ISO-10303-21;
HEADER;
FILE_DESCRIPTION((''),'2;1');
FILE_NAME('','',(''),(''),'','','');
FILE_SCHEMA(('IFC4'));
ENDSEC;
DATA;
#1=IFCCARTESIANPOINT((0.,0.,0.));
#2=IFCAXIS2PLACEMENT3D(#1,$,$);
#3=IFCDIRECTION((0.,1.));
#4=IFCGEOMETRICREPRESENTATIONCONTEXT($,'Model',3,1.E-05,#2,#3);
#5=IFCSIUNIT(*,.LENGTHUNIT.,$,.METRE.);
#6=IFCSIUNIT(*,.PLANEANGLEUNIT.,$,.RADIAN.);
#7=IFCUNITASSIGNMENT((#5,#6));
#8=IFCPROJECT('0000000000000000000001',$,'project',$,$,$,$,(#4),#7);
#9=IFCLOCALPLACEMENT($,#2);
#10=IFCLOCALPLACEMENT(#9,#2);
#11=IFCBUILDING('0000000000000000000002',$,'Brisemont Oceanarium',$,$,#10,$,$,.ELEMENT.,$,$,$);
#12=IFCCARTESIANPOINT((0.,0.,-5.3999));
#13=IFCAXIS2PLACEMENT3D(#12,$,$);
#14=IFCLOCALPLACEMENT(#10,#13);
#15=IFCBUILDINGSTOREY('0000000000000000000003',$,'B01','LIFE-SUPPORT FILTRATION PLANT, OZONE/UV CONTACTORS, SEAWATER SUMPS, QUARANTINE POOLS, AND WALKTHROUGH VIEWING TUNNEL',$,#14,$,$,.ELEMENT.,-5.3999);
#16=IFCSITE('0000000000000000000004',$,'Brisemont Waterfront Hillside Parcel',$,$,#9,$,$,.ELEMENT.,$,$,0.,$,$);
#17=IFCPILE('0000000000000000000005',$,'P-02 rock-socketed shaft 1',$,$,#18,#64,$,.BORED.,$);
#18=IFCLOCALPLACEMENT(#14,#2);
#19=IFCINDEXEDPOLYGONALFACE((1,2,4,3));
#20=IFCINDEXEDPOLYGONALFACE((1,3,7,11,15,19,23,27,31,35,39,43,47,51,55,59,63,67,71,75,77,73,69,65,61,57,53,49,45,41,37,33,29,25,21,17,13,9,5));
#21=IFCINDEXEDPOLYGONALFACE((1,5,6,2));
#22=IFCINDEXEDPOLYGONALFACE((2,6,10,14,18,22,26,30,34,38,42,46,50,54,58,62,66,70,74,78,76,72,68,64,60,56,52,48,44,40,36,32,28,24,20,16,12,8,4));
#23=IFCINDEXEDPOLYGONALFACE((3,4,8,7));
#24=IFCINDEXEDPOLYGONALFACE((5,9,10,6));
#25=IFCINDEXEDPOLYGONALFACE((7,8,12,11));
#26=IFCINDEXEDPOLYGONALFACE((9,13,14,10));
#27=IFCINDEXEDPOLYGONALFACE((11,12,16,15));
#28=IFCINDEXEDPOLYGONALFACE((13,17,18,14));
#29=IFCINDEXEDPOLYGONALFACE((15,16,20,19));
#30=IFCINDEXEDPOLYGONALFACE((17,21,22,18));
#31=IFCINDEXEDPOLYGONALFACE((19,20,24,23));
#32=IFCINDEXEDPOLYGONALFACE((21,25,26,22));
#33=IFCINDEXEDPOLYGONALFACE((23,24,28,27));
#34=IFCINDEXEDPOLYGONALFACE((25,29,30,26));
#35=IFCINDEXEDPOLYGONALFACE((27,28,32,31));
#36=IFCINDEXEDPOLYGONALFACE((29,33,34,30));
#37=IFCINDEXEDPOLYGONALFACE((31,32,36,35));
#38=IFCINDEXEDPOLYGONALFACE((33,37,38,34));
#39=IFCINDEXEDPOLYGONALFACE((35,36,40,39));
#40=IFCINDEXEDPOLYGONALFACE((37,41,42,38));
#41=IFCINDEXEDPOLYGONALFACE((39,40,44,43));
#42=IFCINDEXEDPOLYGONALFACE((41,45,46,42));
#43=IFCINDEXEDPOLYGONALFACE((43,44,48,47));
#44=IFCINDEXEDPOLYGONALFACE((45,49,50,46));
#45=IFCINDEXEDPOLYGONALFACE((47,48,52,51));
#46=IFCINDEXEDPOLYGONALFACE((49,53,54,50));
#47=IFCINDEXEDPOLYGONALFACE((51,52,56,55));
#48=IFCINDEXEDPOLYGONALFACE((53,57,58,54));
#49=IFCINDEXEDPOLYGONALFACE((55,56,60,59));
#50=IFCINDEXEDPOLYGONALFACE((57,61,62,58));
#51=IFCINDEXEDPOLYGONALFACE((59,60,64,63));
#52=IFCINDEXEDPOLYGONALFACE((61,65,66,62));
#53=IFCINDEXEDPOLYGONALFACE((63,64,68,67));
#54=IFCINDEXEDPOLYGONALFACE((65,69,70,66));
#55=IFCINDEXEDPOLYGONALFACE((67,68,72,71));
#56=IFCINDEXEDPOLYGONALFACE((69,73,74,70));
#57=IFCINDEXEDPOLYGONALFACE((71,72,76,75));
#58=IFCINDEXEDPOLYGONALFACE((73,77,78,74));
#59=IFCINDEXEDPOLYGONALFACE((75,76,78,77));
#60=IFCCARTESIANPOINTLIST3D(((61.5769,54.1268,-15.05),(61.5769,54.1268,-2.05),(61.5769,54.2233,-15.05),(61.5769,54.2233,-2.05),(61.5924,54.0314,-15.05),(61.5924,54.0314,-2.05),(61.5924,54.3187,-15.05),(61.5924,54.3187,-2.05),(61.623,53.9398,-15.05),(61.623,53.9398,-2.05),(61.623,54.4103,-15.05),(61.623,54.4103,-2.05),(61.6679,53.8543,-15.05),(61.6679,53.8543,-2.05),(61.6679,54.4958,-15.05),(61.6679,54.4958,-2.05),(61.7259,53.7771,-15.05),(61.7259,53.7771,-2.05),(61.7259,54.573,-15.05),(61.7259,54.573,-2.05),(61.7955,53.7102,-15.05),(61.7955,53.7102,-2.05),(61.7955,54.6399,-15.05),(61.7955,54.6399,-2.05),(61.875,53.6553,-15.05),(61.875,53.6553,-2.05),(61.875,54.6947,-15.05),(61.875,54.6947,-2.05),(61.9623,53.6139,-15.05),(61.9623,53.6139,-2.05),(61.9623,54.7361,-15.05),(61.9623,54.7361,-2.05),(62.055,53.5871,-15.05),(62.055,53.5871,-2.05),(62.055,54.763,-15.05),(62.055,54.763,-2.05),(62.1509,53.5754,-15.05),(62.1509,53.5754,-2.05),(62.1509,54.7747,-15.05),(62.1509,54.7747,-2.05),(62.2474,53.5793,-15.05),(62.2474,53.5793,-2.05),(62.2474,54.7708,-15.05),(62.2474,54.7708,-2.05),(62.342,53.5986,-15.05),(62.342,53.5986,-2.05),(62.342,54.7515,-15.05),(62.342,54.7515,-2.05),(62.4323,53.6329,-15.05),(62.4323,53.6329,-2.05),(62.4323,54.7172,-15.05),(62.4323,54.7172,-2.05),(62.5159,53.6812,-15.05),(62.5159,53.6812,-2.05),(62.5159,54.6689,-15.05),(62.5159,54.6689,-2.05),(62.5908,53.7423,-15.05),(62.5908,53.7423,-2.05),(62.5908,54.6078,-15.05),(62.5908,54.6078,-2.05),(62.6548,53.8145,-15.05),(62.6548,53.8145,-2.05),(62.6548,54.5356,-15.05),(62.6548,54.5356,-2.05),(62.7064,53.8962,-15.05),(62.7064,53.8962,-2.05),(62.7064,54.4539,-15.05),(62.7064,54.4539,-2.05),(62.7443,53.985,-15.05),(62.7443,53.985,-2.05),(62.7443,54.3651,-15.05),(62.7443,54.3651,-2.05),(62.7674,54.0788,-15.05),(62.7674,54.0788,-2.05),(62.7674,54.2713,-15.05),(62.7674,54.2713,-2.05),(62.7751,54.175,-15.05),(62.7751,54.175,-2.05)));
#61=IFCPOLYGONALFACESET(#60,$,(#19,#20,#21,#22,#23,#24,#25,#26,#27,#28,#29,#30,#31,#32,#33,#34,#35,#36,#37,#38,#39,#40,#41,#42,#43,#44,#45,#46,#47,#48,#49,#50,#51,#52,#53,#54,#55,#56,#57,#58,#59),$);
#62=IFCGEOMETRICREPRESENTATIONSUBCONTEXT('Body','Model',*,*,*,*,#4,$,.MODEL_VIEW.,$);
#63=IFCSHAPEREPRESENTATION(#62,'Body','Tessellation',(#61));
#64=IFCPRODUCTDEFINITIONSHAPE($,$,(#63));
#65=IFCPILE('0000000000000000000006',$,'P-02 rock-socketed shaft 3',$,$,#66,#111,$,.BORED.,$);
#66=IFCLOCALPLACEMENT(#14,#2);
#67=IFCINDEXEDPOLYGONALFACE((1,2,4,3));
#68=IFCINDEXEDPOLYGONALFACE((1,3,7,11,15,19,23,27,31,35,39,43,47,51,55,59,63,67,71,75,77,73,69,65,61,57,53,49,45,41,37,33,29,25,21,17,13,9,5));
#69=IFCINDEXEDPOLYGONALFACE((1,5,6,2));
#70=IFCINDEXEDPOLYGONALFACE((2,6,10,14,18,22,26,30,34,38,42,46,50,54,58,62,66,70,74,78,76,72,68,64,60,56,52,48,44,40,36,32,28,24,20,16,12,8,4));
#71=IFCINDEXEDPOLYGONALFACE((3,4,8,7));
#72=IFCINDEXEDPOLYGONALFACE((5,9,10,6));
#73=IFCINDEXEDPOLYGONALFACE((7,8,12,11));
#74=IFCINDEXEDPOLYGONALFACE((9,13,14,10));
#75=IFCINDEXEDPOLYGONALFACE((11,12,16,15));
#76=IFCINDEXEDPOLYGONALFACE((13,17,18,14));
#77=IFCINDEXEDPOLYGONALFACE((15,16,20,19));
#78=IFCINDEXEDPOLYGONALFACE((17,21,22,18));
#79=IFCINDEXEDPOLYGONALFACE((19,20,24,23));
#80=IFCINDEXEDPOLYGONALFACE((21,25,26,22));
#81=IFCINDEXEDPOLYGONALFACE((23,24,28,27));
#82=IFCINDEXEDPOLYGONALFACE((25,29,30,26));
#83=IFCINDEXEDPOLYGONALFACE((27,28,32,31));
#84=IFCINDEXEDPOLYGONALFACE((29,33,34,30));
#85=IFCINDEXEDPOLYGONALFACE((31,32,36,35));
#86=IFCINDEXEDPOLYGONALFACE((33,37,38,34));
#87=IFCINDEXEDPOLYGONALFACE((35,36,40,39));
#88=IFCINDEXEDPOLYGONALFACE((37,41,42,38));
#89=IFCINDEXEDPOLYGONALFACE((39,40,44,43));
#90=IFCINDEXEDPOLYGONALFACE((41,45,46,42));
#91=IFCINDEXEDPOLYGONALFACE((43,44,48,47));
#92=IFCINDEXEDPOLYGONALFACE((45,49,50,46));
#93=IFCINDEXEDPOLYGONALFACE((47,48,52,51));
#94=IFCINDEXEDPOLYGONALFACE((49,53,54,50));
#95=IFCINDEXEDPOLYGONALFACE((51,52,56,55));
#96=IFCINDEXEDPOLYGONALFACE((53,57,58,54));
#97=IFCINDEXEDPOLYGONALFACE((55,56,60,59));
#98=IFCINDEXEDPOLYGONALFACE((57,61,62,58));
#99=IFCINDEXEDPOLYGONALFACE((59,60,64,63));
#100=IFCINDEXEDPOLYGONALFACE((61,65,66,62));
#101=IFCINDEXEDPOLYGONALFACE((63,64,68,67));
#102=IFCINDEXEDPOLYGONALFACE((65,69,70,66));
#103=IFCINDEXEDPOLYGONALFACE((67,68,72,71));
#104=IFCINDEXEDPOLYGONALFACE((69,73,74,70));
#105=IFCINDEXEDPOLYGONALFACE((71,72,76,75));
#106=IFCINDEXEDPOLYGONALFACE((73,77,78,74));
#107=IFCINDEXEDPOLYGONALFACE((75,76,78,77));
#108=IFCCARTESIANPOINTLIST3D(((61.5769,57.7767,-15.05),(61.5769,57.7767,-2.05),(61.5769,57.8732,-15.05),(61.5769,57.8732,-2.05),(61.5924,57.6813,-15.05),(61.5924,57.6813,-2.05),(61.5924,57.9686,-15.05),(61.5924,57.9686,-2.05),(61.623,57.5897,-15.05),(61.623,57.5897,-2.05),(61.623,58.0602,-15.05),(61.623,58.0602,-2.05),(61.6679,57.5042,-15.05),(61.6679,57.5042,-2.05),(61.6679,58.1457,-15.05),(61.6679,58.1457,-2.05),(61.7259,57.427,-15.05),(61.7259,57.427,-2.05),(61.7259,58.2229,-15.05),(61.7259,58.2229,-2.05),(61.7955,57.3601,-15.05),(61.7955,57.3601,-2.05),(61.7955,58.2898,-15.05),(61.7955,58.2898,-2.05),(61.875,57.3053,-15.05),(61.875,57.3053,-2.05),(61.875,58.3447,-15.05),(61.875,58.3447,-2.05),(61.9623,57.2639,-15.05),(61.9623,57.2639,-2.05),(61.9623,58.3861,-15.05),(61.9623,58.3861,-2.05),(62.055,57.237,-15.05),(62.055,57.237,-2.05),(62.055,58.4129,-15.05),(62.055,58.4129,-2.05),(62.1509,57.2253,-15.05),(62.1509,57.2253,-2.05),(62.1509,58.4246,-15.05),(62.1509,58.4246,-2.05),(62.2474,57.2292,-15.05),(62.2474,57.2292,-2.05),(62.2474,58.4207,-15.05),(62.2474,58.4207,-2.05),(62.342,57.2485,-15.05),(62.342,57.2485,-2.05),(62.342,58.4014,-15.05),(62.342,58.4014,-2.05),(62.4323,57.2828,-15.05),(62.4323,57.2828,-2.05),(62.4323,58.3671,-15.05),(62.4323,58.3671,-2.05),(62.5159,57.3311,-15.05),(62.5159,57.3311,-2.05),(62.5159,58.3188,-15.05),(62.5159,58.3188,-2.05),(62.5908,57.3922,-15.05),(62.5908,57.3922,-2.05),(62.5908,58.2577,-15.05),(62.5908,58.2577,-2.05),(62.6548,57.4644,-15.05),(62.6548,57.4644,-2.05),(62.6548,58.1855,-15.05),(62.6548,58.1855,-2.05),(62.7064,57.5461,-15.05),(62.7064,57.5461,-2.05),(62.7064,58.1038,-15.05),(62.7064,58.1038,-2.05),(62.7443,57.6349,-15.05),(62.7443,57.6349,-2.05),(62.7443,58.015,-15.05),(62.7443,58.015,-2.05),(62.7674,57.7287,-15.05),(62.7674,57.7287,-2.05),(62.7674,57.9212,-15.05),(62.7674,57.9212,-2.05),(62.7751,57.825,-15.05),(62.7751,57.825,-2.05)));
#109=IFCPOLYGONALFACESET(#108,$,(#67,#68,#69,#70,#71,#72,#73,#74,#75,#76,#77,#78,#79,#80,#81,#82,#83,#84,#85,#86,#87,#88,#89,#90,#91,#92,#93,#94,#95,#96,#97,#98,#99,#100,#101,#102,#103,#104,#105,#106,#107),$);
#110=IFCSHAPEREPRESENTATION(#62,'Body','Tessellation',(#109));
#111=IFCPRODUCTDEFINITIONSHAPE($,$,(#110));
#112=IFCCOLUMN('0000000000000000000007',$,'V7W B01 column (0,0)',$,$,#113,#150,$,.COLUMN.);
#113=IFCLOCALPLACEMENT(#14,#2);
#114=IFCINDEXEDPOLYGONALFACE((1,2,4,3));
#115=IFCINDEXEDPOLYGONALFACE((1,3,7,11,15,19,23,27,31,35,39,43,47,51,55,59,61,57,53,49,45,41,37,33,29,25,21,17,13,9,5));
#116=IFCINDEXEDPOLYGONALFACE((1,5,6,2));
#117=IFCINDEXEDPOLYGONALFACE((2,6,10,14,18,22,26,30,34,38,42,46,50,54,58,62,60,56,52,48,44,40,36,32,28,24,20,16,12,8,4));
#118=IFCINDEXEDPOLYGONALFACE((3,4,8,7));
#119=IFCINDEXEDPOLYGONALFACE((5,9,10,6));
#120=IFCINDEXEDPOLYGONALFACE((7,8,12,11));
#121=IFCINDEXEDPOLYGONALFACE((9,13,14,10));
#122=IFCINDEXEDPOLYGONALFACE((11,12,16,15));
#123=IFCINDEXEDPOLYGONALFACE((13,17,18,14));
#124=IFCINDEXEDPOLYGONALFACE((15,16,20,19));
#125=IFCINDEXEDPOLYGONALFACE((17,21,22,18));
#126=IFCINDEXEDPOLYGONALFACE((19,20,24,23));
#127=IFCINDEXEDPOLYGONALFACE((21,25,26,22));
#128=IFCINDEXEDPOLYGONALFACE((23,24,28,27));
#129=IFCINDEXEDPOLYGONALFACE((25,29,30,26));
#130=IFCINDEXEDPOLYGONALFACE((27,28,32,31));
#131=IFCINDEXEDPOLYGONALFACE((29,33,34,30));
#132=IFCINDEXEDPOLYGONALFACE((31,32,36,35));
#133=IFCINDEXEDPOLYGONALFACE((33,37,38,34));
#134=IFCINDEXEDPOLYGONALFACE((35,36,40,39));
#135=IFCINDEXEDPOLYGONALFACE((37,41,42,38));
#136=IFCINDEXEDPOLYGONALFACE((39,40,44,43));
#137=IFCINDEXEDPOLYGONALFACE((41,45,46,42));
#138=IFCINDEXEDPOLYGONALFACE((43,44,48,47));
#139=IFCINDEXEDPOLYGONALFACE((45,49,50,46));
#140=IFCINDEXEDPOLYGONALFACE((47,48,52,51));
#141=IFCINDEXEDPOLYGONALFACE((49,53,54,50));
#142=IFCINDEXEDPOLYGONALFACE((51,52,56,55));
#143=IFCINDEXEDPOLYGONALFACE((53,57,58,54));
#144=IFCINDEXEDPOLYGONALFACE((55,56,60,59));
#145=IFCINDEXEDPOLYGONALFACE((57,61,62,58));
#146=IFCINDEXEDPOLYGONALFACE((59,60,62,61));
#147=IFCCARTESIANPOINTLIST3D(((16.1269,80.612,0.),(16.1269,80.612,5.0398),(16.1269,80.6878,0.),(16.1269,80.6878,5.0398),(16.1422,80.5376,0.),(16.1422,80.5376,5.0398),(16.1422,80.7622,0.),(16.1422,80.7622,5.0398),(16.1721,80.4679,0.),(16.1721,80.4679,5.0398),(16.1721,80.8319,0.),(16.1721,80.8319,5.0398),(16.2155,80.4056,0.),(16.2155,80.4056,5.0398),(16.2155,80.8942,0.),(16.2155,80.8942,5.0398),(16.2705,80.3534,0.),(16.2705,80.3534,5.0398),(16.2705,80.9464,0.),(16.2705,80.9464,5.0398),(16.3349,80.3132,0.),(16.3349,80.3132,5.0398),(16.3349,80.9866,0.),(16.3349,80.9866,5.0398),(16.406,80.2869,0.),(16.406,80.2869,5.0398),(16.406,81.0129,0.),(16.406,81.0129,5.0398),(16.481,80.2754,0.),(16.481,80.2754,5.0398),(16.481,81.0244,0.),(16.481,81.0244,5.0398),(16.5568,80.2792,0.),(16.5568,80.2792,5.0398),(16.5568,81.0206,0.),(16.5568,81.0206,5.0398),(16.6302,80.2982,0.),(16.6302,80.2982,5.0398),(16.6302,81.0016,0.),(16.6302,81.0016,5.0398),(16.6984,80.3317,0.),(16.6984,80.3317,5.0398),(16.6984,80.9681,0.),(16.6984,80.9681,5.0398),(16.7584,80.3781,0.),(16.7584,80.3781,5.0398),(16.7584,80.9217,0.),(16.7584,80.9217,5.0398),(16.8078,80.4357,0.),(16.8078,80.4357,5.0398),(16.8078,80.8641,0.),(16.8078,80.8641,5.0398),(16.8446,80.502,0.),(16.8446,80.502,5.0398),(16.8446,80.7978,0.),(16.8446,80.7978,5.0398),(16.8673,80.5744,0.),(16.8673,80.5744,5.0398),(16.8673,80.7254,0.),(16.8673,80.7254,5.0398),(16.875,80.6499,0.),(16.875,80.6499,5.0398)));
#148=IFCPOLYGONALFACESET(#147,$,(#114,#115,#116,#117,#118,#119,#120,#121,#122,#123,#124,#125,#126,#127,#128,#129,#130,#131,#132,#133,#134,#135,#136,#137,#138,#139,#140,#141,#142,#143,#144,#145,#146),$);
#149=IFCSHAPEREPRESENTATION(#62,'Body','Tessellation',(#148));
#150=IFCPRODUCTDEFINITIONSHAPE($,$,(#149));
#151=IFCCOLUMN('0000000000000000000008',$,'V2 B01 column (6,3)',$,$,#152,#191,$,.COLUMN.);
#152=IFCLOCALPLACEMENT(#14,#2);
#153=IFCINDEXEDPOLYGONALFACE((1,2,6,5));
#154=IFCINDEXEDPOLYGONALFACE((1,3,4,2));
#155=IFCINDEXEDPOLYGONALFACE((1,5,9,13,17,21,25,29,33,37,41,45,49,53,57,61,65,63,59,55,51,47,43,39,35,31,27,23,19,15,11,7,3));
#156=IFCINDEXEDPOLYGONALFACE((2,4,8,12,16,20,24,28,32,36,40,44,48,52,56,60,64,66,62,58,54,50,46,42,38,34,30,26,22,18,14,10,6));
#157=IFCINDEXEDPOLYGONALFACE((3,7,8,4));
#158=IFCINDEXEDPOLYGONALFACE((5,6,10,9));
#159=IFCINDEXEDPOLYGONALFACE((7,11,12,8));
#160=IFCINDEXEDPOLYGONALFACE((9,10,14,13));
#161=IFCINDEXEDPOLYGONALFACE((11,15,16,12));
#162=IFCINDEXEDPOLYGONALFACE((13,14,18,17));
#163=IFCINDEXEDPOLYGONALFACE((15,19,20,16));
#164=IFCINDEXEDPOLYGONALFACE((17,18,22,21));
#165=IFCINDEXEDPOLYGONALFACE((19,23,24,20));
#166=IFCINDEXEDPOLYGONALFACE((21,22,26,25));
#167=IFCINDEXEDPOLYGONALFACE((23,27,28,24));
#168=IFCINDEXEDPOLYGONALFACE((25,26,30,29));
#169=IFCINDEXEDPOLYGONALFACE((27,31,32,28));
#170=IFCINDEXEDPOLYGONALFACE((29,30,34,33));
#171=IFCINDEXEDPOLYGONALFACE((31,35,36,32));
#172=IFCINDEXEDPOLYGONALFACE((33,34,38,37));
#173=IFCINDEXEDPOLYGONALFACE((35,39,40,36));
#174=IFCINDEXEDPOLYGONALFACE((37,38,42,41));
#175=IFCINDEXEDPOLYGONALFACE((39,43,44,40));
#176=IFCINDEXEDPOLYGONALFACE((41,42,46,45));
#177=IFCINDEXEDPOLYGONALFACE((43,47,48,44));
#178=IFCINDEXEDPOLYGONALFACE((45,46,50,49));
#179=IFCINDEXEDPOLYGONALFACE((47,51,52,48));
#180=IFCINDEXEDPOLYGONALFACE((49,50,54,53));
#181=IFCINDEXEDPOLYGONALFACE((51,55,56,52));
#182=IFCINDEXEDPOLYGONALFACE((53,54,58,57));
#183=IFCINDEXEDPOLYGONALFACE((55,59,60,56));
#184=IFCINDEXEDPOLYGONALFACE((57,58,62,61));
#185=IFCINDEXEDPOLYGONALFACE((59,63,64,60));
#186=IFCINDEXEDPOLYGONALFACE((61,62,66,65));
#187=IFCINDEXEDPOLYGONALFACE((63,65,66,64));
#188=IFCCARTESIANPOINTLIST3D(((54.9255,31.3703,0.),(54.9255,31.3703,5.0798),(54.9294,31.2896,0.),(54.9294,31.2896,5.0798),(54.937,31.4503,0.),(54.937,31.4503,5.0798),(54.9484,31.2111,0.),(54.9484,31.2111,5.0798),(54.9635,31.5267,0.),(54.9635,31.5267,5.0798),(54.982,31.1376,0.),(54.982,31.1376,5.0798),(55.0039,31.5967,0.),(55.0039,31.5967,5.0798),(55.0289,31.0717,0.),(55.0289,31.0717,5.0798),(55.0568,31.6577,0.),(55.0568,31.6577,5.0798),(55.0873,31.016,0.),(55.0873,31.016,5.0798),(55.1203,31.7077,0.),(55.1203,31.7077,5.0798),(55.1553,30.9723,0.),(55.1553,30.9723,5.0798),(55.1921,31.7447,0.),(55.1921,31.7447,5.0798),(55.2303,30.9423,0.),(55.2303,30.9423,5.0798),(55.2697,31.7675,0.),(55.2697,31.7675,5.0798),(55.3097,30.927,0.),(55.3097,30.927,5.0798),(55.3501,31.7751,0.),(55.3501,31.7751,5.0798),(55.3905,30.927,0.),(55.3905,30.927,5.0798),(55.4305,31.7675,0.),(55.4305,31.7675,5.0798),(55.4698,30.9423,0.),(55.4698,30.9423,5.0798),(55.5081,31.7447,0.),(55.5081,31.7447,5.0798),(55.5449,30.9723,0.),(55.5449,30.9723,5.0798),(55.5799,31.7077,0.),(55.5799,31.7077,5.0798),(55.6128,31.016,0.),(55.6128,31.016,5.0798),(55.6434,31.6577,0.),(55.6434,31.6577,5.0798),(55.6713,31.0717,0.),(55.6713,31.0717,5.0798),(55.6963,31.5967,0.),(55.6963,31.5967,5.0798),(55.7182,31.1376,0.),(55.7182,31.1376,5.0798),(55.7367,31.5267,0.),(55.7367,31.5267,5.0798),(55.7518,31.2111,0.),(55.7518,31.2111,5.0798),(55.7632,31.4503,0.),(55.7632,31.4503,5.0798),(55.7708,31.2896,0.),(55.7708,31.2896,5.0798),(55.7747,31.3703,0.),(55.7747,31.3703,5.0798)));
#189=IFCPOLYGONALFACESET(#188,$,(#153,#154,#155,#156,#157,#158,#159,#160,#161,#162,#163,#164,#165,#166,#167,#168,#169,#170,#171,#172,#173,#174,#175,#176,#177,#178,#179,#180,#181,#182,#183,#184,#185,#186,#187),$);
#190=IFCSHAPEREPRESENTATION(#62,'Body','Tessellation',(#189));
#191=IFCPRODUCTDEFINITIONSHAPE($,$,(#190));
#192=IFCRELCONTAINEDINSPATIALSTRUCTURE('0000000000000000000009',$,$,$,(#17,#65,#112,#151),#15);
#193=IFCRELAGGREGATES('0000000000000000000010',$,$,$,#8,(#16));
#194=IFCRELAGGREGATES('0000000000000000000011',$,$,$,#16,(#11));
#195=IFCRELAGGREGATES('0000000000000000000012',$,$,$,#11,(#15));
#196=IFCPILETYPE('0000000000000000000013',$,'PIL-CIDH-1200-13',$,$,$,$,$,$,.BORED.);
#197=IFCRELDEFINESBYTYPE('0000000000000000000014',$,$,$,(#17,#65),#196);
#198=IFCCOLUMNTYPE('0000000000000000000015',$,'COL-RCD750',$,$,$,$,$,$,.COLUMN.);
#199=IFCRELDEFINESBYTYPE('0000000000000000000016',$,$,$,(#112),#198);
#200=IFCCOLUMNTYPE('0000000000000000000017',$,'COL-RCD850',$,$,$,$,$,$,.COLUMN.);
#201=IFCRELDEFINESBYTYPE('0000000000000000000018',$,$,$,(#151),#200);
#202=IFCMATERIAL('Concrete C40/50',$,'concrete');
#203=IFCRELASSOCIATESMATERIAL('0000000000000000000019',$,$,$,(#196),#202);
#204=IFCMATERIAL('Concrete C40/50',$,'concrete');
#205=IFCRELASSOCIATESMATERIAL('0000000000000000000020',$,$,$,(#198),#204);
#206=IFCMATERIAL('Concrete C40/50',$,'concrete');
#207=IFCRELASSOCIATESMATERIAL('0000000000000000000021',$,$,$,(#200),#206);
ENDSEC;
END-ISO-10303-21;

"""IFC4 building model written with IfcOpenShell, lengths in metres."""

from ifc_helpers import new_model, si_unit, direction, frame, origin, origin_2d, place, context, subcontext, project, spatial, circle, extrude, material, material_profile, profile_set, type_object, element, save


model = new_model("IFC4")

# Units and contexts
model_context = context("Model", 3, precision=1e-05, world=origin(), true_north=direction((0.0, 1.0)))
body_context = subcontext(model_context, "Body", "Model", "MODEL_VIEW")
ifc_project = project(units=[si_unit("LENGTHUNIT", "METRE"), si_unit("PLANEANGLEUNIT", "RADIAN")], contexts=[model_context])

# Site, building, storey
site_placement = place(None, origin())
site = spatial("IfcSite", under=ifc_project, at=site_placement, Name="Brisemont Waterfront Hillside Parcel", CompositionType="ELEMENT", RefElevation=0.0)
building_placement = place(site_placement, origin())
building = spatial("IfcBuilding", under=site, at=building_placement, Name="Brisemont Oceanarium", CompositionType="ELEMENT")
storey_placement = place(building_placement, frame((0.0, 0.0, -5.3999)))
storey = spatial("IfcBuildingStorey", under=building, at=storey_placement, Name="B01", Description="LIFE-SUPPORT FILTRATION PLANT, OZONE/UV CONTACTORS, SEAWATER SUMPS, QUARANTINE POOLS, AND WALKTHROUGH VIEWING TUNNEL", CompositionType="ELEMENT", Elevation=-5.3999)

# Piles
ifc_material_1 = material(Name="Concrete C40/50", Category="concrete")
ifc_material_profile_1 = material_profile(ifc_material_1, circle(Radius=0.6001, at=origin_2d()), Name="CIDH-D1200")
ifc_profile_set_1 = profile_set([ifc_material_profile_1], Name="Concrete C40/50")
pile_type = type_object("IfcPileType", Name="PIL-CIDH-1200-13", PredefinedType="BORED", material=ifc_profile_set_1)
for number, where, z_axis, x_axis, name in (
    (1, (62.175, 54.175, -2.05), (0.0, 0.0, -1.0), (1.0, 0.0, 0.0), "P-02 rock-socketed shaft 1"),
    (2, (62.175, 57.825, -2.05), (0.0, 0.0, -1.0), (1.0, 0.0, 0.0), "P-02 rock-socketed shaft 3"),
):
    element("IfcPile", number, at=place(storey_placement, frame(where, z_axis=z_axis, x_axis=x_axis)), inside=storey, type_object=pile_type, Name=name, PredefinedType="BORED", context=body_context, shape_type="SweptSolid", body=[
        extrude(circle(Radius=0.6001, at=origin_2d()), origin(), (0.0, 0.0, 1.0), 13.0),
    ])

# Columns
ifc_material_2 = material(Name="Concrete C40/50", Category="concrete")
ifc_material_profile_2 = material_profile(ifc_material_2, circle(Radius=0.375, at=origin_2d()), Name="RC-COL-D750")
ifc_profile_set_2 = profile_set([ifc_material_profile_2], Name="Concrete C40/50")
column_type_1 = type_object("IfcColumnType", Name="COL-RCD750", PredefinedType="COLUMN", material=ifc_profile_set_2)
column_1_placement = place(storey_placement, frame((16.5, 80.6499, 0.0), z_axis=(0.0, 0.0, 1.0), x_axis=(1.0, 0.0, 0.0)))
element("IfcColumn", 3, at=column_1_placement, inside=storey, type_object=column_type_1, Name="V7W B01 column (0,0)", PredefinedType="COLUMN", context=body_context, shape_type="SweptSolid", body=[
    extrude(circle(Radius=0.375, at=origin_2d()), origin(), (0.0, 0.0, 1.0), 5.0398),
])
ifc_material_3 = material(Name="Concrete C40/50", Category="concrete")
ifc_material_profile_3 = material_profile(ifc_material_3, circle(Radius=0.425, at=origin_2d()), Name="RC-COL-D850")
ifc_profile_set_3 = profile_set([ifc_material_profile_3], Name="Concrete C40/50")
column_type_2 = type_object("IfcColumnType", Name="COL-RCD850", PredefinedType="COLUMN", material=ifc_profile_set_3)
column_2_placement = place(storey_placement, frame((55.3501, 31.3501, 0.0), z_axis=(0.0, 0.0, 1.0), x_axis=(0.0, 1.0, 0.0)))
element("IfcColumn", 4, at=column_2_placement, inside=storey, type_object=column_type_2, Name="V2 B01 column (6,3)", PredefinedType="COLUMN", context=body_context, shape_type="SweptSolid", body=[
    extrude(circle(Radius=0.425, at=origin_2d()), origin(), (0.0, 0.0, 1.0), 5.0798),
])

save(model, "model.ifc")
